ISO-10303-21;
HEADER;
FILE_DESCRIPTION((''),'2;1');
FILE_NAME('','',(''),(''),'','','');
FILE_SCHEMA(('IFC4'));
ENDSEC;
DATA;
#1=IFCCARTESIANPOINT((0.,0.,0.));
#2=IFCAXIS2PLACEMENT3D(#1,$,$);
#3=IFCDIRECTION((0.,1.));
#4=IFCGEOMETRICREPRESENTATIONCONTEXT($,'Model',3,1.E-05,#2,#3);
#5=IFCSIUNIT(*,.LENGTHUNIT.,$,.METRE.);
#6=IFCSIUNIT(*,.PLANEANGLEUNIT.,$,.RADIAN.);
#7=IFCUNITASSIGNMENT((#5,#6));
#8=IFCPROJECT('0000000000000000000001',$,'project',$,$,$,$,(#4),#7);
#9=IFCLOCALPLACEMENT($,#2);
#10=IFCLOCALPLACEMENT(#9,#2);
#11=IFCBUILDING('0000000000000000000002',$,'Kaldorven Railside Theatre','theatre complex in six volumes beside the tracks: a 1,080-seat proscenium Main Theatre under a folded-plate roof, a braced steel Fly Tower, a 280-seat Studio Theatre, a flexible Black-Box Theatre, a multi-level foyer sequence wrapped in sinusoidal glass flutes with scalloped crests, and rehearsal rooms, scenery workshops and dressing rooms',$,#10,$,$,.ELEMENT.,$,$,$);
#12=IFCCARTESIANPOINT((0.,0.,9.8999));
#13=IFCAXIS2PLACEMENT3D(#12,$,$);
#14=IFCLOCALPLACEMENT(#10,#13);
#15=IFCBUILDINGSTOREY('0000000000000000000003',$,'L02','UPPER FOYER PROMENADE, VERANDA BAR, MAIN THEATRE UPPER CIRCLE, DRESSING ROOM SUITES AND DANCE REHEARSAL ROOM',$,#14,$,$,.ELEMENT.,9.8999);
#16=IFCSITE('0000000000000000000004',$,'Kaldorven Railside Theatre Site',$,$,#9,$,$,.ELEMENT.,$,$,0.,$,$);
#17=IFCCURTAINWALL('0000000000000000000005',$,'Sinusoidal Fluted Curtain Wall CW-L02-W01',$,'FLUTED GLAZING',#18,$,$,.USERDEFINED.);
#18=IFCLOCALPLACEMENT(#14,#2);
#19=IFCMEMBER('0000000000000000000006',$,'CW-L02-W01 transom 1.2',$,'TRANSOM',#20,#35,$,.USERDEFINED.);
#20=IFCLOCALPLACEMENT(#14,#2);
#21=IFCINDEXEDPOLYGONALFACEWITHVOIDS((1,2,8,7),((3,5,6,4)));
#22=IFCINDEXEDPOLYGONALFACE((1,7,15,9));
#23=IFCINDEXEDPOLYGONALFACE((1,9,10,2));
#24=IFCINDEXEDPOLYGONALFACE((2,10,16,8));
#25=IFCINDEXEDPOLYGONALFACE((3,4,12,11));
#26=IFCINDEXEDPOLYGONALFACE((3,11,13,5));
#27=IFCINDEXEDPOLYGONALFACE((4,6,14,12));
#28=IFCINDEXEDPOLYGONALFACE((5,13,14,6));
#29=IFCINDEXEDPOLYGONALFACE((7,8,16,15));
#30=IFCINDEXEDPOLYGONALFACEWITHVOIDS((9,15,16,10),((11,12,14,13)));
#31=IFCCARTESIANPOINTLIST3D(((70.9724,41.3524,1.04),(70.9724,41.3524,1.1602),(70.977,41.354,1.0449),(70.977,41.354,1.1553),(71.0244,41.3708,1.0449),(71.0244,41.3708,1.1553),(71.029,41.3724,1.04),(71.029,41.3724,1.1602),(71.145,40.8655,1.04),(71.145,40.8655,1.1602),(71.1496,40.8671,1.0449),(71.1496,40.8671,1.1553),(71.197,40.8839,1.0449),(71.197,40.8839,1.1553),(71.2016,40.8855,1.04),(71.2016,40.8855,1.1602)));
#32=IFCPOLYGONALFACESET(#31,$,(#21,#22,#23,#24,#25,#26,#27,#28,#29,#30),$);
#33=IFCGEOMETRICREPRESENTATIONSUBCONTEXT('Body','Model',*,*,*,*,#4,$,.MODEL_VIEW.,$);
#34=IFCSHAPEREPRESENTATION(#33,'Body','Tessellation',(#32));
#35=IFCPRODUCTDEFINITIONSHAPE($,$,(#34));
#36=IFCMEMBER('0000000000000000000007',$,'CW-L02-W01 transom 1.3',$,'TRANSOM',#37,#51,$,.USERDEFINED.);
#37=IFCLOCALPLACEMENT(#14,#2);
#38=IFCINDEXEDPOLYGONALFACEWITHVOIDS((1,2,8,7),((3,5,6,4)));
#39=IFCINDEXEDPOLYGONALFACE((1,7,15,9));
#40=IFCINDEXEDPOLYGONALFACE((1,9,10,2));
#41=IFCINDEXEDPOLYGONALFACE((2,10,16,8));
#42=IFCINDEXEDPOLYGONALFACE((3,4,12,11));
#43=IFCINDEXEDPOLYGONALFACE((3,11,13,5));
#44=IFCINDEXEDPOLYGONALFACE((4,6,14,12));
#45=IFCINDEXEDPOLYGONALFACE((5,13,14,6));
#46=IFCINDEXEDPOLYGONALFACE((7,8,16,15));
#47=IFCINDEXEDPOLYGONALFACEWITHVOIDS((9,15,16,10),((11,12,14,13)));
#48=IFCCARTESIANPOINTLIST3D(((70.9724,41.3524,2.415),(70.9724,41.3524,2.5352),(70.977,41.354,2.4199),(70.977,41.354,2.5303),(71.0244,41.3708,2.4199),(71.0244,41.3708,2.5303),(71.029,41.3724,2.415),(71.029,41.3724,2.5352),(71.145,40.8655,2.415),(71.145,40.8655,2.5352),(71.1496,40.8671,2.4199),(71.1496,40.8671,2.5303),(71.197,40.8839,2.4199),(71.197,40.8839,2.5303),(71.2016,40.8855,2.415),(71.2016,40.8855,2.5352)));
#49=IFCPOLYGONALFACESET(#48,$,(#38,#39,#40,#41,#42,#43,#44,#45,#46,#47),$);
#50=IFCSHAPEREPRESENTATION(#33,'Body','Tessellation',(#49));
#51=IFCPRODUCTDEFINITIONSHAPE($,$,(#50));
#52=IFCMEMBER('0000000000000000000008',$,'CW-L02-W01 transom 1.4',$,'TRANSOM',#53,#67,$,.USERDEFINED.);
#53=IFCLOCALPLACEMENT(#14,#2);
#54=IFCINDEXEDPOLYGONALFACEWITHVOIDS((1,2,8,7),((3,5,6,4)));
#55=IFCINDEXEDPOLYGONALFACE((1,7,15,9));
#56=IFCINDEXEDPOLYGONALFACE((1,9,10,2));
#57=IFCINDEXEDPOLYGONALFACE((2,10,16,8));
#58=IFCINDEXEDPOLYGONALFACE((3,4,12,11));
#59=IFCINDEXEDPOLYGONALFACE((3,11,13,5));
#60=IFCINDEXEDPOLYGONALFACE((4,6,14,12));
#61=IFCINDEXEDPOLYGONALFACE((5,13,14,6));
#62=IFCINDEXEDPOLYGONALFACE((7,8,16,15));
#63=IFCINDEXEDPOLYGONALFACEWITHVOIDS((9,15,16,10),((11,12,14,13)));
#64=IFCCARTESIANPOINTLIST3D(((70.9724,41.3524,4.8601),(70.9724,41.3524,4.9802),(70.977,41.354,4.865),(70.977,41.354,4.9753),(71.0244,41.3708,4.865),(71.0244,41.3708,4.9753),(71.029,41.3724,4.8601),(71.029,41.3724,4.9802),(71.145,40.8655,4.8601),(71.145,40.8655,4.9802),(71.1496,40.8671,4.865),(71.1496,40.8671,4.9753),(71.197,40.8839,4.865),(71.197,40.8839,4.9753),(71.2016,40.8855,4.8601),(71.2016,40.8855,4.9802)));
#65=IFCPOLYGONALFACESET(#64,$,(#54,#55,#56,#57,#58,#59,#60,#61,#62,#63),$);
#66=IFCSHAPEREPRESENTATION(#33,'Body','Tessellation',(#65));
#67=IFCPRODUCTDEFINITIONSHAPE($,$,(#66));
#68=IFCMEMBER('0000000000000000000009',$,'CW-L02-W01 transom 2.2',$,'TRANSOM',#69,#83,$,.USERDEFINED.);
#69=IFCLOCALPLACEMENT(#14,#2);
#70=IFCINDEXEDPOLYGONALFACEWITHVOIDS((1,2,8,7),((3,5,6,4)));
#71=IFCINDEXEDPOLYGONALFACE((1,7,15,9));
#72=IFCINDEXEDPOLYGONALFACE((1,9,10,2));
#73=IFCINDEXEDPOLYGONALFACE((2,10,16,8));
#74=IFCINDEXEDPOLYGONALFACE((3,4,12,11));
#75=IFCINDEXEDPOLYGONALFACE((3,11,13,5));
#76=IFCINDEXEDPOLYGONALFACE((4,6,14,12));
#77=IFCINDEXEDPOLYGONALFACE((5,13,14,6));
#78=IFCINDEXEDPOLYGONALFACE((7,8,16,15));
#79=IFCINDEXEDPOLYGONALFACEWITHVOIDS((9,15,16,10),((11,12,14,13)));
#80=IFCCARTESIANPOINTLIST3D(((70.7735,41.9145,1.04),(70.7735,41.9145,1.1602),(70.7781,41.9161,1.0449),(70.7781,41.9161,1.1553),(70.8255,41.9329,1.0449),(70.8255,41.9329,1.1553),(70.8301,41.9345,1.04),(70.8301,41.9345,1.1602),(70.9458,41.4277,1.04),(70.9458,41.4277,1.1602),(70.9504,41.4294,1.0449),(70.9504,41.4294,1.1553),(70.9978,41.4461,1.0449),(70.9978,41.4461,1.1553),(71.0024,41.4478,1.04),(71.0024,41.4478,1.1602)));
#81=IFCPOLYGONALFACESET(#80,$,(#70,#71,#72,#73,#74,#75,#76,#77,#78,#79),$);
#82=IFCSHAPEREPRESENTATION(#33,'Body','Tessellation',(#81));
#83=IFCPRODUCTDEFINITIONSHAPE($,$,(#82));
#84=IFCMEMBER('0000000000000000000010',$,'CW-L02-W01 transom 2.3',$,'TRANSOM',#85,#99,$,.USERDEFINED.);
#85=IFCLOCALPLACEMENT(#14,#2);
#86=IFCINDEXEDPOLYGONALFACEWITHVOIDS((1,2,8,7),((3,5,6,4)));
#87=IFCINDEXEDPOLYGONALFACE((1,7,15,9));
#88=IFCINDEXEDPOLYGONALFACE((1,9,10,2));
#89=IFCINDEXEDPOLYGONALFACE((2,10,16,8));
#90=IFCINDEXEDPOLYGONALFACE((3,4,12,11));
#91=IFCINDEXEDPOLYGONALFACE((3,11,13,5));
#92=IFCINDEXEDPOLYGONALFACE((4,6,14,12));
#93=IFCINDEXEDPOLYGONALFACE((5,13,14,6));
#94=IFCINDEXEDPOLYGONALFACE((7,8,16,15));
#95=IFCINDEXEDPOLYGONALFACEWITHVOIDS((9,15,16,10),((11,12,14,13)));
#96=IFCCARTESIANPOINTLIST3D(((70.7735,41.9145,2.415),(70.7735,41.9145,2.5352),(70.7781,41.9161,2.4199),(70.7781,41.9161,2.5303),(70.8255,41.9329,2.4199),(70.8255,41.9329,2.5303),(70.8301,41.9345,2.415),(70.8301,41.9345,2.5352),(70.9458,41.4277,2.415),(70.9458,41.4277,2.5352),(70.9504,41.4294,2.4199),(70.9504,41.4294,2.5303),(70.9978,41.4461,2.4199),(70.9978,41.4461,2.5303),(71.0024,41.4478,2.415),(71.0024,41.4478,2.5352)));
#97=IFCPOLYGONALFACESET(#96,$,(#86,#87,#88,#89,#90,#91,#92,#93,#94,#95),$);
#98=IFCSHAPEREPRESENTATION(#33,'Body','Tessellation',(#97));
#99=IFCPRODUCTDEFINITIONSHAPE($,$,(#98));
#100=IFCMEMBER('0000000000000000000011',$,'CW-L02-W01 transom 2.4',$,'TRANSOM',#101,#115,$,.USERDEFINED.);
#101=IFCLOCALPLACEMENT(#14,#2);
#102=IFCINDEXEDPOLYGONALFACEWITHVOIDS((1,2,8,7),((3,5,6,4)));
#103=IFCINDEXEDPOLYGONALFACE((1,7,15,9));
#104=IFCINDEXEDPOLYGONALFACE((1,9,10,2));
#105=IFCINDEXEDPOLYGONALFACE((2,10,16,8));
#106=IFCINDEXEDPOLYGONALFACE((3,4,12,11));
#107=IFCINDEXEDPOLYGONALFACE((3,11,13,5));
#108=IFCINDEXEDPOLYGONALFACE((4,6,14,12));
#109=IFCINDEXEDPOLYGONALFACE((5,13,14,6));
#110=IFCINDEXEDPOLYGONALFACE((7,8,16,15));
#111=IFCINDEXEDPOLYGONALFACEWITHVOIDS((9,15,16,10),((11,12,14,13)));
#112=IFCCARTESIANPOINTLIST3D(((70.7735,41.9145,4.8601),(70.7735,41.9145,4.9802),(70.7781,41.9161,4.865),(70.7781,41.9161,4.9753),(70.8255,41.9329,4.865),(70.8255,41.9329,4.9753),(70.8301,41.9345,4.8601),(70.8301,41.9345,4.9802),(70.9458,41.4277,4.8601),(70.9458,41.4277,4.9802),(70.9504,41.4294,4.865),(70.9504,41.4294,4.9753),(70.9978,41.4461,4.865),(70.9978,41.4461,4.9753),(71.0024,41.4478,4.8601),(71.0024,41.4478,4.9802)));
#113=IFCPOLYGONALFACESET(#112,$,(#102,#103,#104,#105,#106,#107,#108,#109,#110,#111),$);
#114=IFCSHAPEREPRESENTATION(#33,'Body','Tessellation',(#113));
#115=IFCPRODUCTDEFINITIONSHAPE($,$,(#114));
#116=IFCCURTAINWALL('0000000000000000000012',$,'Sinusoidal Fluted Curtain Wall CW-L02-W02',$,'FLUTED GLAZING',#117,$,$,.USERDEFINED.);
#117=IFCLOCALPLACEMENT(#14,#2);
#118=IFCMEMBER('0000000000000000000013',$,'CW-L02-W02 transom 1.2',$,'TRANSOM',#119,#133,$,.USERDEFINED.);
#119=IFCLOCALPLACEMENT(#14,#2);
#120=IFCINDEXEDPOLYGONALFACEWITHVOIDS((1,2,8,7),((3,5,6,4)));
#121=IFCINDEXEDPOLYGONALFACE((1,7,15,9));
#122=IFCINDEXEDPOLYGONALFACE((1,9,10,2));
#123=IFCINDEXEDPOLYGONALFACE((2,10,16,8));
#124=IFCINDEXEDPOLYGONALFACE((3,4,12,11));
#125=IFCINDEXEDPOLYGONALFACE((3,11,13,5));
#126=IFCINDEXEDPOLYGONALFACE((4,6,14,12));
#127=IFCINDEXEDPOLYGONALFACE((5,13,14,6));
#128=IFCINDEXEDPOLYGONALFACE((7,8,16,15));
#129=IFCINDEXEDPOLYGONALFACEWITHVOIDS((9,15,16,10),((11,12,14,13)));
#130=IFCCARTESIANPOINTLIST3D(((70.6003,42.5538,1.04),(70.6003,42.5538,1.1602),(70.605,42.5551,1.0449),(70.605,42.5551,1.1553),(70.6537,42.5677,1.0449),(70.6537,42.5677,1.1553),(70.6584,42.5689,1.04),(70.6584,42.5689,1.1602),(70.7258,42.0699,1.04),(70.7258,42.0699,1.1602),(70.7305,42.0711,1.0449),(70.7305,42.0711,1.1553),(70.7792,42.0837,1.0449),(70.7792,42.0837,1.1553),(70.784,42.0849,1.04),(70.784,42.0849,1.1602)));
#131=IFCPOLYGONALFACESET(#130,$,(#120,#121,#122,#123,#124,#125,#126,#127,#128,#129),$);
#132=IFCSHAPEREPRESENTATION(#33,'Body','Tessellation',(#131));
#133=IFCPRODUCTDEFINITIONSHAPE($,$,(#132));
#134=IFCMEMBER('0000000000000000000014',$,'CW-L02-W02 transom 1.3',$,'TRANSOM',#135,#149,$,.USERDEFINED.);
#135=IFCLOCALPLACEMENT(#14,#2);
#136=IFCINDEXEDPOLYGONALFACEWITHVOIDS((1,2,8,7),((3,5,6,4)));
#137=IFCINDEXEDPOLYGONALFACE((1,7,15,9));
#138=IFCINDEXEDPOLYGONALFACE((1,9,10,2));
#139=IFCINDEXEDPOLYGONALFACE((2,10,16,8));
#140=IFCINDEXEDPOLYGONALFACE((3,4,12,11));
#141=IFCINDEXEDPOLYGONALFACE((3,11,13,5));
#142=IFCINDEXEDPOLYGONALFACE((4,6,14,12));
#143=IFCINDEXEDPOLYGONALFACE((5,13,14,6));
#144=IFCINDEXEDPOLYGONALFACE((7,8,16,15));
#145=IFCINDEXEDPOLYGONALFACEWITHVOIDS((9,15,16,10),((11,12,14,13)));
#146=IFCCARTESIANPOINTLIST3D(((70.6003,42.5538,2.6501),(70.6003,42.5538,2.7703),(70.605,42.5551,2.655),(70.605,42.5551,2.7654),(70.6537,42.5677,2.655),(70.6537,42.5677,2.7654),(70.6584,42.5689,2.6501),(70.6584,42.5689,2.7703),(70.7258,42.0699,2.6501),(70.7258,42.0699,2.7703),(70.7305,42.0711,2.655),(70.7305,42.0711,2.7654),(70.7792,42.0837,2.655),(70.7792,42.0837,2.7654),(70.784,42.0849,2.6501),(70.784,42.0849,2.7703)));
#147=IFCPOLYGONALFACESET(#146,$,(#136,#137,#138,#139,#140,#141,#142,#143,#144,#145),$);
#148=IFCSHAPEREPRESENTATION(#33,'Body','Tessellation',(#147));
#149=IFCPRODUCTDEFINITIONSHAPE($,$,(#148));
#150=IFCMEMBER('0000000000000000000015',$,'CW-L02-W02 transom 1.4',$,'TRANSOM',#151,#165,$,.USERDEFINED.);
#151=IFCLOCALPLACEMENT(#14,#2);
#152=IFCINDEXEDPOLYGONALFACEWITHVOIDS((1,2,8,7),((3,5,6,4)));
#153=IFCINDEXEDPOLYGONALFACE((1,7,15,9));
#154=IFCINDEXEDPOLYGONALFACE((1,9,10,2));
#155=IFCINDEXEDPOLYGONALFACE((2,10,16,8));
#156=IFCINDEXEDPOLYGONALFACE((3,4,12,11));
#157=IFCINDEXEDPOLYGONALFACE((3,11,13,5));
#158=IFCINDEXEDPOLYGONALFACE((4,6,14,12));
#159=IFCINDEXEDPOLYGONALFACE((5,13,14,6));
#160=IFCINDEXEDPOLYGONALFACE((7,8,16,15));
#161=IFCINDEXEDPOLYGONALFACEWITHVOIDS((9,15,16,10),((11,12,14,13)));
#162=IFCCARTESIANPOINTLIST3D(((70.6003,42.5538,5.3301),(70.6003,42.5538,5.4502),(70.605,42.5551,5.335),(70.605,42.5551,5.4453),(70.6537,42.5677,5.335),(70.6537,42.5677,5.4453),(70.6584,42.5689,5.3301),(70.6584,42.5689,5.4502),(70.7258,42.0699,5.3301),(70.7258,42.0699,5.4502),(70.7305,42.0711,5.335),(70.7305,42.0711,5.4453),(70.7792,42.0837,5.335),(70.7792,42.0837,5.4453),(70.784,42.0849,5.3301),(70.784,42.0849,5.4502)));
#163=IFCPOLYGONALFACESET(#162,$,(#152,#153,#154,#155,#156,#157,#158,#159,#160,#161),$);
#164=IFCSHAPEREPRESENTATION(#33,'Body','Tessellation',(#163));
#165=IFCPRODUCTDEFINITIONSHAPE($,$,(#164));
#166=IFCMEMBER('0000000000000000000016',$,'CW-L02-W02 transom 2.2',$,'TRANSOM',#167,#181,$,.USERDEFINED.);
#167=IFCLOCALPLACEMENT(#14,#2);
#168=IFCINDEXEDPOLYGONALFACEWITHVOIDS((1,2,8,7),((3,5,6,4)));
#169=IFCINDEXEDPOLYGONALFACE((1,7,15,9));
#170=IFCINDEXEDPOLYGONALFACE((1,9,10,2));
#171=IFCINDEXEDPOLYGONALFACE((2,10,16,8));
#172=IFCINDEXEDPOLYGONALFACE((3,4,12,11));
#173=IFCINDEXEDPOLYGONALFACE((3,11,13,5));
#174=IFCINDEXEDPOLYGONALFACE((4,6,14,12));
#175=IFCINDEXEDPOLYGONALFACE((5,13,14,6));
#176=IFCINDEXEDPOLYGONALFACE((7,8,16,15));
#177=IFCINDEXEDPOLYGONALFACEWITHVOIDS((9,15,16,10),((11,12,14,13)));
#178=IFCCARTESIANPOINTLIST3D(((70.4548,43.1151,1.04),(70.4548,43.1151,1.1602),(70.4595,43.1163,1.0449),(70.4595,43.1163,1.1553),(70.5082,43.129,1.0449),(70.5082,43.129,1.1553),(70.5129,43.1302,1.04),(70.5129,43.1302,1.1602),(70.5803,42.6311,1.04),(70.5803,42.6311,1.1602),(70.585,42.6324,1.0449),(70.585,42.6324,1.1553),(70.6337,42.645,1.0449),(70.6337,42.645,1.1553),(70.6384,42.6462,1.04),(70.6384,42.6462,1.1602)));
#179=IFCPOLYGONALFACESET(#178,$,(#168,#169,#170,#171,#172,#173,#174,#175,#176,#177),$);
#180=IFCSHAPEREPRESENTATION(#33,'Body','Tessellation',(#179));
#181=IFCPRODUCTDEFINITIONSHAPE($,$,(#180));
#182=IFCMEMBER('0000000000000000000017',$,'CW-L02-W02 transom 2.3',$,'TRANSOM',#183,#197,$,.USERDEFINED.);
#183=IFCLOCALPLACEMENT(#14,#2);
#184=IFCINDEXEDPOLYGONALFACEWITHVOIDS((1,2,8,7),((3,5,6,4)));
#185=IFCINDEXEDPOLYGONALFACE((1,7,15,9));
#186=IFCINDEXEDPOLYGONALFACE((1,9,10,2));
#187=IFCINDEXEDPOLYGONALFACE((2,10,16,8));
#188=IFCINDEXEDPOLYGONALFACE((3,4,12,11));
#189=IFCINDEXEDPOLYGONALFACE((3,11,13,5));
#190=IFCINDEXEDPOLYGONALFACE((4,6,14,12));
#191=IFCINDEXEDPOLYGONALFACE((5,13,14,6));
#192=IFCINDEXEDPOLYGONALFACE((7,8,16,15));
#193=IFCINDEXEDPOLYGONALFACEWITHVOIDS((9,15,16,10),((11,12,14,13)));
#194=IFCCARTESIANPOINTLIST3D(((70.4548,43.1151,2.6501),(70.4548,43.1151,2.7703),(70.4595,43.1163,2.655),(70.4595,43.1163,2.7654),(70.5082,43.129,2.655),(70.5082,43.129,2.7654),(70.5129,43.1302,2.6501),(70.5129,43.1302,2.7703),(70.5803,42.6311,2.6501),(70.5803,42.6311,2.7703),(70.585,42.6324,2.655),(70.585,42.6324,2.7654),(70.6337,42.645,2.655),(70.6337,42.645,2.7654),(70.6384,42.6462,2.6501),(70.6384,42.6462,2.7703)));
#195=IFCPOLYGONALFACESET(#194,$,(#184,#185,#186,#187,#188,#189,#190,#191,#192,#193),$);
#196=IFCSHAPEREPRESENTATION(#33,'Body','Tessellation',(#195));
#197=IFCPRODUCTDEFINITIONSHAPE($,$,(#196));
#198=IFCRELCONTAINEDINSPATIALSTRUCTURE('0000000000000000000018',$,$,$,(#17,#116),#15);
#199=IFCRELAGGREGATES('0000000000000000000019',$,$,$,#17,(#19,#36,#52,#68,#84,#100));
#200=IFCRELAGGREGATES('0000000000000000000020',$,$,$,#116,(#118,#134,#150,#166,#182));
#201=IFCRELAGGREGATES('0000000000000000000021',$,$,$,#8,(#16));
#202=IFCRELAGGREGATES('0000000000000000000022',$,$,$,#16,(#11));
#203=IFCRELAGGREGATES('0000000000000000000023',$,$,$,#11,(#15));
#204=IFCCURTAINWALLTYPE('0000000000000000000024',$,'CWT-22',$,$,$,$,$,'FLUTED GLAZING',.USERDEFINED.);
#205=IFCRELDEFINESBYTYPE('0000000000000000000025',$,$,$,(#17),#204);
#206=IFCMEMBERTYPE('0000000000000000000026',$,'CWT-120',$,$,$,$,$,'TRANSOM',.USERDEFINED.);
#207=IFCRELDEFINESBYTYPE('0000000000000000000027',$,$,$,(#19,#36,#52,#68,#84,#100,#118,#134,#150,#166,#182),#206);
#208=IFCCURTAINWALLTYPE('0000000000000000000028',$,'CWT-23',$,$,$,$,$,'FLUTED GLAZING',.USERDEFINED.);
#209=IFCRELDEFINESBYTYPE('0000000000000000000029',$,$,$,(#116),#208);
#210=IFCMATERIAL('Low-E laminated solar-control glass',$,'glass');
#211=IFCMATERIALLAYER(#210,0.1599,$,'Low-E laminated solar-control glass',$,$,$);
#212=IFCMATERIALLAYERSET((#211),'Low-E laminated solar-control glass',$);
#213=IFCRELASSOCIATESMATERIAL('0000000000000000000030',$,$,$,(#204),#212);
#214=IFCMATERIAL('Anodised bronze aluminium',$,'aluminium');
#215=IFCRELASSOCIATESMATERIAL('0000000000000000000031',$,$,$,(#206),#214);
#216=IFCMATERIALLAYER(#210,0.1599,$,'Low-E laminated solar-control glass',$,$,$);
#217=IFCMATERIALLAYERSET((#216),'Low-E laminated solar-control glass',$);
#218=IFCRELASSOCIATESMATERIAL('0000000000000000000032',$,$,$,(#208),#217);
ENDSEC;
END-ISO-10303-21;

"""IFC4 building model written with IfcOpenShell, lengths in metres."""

from ifc_helpers import new_model, si_unit, direction, frame, origin, origin_2d, place, context, subcontext, project, spatial, hollow_rectangle, extrude, material, layer, layer_set, material_profile, profile_set, type_object, element, aggregate, save


model = new_model("IFC4")

# Units and contexts
model_context = context("Model", 3, precision=1e-05, world=origin(), true_north=direction((0.0, 1.0)))
body_context = subcontext(model_context, "Body", "Model", "MODEL_VIEW")
ifc_project = project(units=[si_unit("LENGTHUNIT", "METRE"), si_unit("PLANEANGLEUNIT", "RADIAN")], contexts=[model_context])

# Site, building, storey
site_placement = place(None, origin())
site = spatial("IfcSite", under=ifc_project, at=site_placement, Name="Kaldorven Railside Theatre Site", CompositionType="ELEMENT", RefElevation=0.0)
building_placement = place(site_placement, origin())
building = spatial("IfcBuilding", under=site, at=building_placement, Name="Kaldorven Railside Theatre", Description="theatre complex in six volumes beside the tracks: a 1,080-seat proscenium Main Theatre under a folded-plate roof, a braced steel Fly Tower, a 280-seat Studio Theatre, a flexible Black-Box Theatre, a multi-level foyer sequence wrapped in sinusoidal glass flutes with scalloped crests, and rehearsal rooms, scenery workshops and dressing rooms", CompositionType="ELEMENT")
storey_placement = place(building_placement, frame((0.0, 0.0, 9.8999)))
storey = spatial("IfcBuildingStorey", under=building, at=storey_placement, Name="L02", Description="UPPER FOYER PROMENADE, VERANDA BAR, MAIN THEATRE UPPER CIRCLE, DRESSING ROOM SUITES AND DANCE REHEARSAL ROOM", CompositionType="ELEMENT", Elevation=9.8999)

# Curtain walls, members
ifc_material_1 = material(Name="Low-E laminated solar-control glass", Category="glass")
ifc_layer_1 = layer(ifc_material_1, 0.1599, Name="Low-E laminated solar-control glass")
ifc_layer_set_1 = layer_set([ifc_layer_1], Name="Low-E laminated solar-control glass")
curtain_wall_type_1 = type_object("IfcCurtainWallType", Name="CWT-22", ElementType="FLUTED GLAZING", PredefinedType="USERDEFINED", material=ifc_layer_set_1)
curtain_wall_1_placement = place(storey_placement, origin())
curtain_wall_1 = element("IfcCurtainWall", 1, at=curtain_wall_1_placement, inside=storey, type_object=curtain_wall_type_1, Name="Sinusoidal Fluted Curtain Wall CW-L02-W01", ObjectType="FLUTED GLAZING", PredefinedType="USERDEFINED")
ifc_material_2 = material(Name="Anodised bronze aluminium", Category="aluminium")
ifc_material_profile = material_profile(ifc_material_2, hollow_rectangle(XDim=0.0601, YDim=0.1201, WallThickness=0.0049, at=origin_2d()), Name="RHS 120x60x5")
ifc_profile_set = profile_set([ifc_material_profile], Name="Anodised bronze aluminium")
member_type = type_object("IfcMemberType", Name="CWT-120", ElementType="TRANSOM", PredefinedType="USERDEFINED", material=ifc_profile_set)
member_1_placement = place(storey_placement, frame((71.1733, 40.8755, 1.1001), z_axis=(-0.33418, 0.942509, 0.0), x_axis=(-0.942509, -0.33418, 0.0)))
member_1 = element("IfcMember", 2, at=member_1_placement, type_object=member_type, Name="CW-L02-W01 transom 1.2", ObjectType="TRANSOM", PredefinedType="USERDEFINED", context=body_context, shape_type="SweptSolid", body=[
    extrude(hollow_rectangle(XDim=0.0601, YDim=0.1201, WallThickness=0.0049, at=origin_2d()), origin(), (0.0, 0.0, 1.0), 0.5166),
])
member_2_placement = place(storey_placement, frame((71.1733, 40.8755, 2.4751), z_axis=(-0.33418, 0.942509, 0.0), x_axis=(-0.942509, -0.33418, 0.0)))
member_2 = element("IfcMember", 3, at=member_2_placement, type_object=member_type, Name="CW-L02-W01 transom 1.3", ObjectType="TRANSOM", PredefinedType="USERDEFINED", context=body_context, shape_type="SweptSolid", body=[
    extrude(hollow_rectangle(XDim=0.0601, YDim=0.1201, WallThickness=0.0049, at=origin_2d()), origin(), (0.0, 0.0, 1.0), 0.5166),
])
member_3_placement = place(storey_placement, frame((71.1733, 40.8755, 4.9202), z_axis=(-0.33418, 0.942509, 0.0), x_axis=(-0.942509, -0.33418, 0.0)))
member_3 = element("IfcMember", 4, at=member_3_placement, type_object=member_type, Name="CW-L02-W01 transom 1.4", ObjectType="TRANSOM", PredefinedType="USERDEFINED", context=body_context, shape_type="SweptSolid", body=[
    extrude(hollow_rectangle(XDim=0.0601, YDim=0.1201, WallThickness=0.0049, at=origin_2d()), origin(), (0.0, 0.0, 1.0), 0.5166),
])
member_4_placement = place(storey_placement, frame((70.9741, 41.4377, 1.1001), z_axis=(-0.33376, 0.942658, 0.0), x_axis=(-0.942658, -0.33376, 0.0)))
member_4 = element("IfcMember", 5, at=member_4_placement, type_object=member_type, Name="CW-L02-W01 transom 2.2", ObjectType="TRANSOM", PredefinedType="USERDEFINED", context=body_context, shape_type="SweptSolid", body=[
    extrude(hollow_rectangle(XDim=0.0601, YDim=0.1201, WallThickness=0.0049, at=origin_2d()), origin(), (0.0, 0.0, 1.0), 0.5164),
])
member_5_placement = place(storey_placement, frame((70.9741, 41.4377, 2.4751), z_axis=(-0.33376, 0.942658, 0.0), x_axis=(-0.942658, -0.33376, 0.0)))
member_5 = element("IfcMember", 6, at=member_5_placement, type_object=member_type, Name="CW-L02-W01 transom 2.3", ObjectType="TRANSOM", PredefinedType="USERDEFINED", context=body_context, shape_type="SweptSolid", body=[
    extrude(hollow_rectangle(XDim=0.0601, YDim=0.1201, WallThickness=0.0049, at=origin_2d()), origin(), (0.0, 0.0, 1.0), 0.5164),
])
member_6_placement = place(storey_placement, frame((70.9741, 41.4377, 4.9202), z_axis=(-0.33376, 0.942658, 0.0), x_axis=(-0.942658, -0.33376, 0.0)))
member_6 = element("IfcMember", 7, at=member_6_placement, type_object=member_type, Name="CW-L02-W01 transom 2.4", ObjectType="TRANSOM", PredefinedType="USERDEFINED", context=body_context, shape_type="SweptSolid", body=[
    extrude(hollow_rectangle(XDim=0.0601, YDim=0.1201, WallThickness=0.0049, at=origin_2d()), origin(), (0.0, 0.0, 1.0), 0.5164),
])
ifc_layer_2 = layer(ifc_material_1, 0.1599, Name="Low-E laminated solar-control glass")
ifc_layer_set_2 = layer_set([ifc_layer_2], Name="Low-E laminated solar-control glass")
curtain_wall_type_2 = type_object("IfcCurtainWallType", Name="CWT-23", ElementType="FLUTED GLAZING", PredefinedType="USERDEFINED", material=ifc_layer_set_2)
curtain_wall_2_placement = place(storey_placement, origin())
curtain_wall_2 = element("IfcCurtainWall", 8, at=curtain_wall_2_placement, inside=storey, type_object=curtain_wall_type_2, Name="Sinusoidal Fluted Curtain Wall CW-L02-W02", ObjectType="FLUTED GLAZING", PredefinedType="USERDEFINED")
member_7_placement = place(storey_placement, frame((70.7549, 42.0774, 1.1001), z_axis=(-0.25103, 0.967979, 0.0), x_axis=(-0.967979, -0.25103, 0.0)))
member_7 = element("IfcMember", 9, at=member_7_placement, type_object=member_type, Name="CW-L02-W02 transom 1.2", ObjectType="TRANSOM", PredefinedType="USERDEFINED", context=body_context, shape_type="SweptSolid", body=[
    extrude(hollow_rectangle(XDim=0.0601, YDim=0.1201, WallThickness=0.0049, at=origin_2d()), origin(), (0.0, 0.0, 1.0), 0.5),
])
member_8_placement = place(storey_placement, frame((70.7549, 42.0774, 2.7102), z_axis=(-0.25103, 0.967979, 0.0), x_axis=(-0.967979, -0.25103, 0.0)))
member_8 = element("IfcMember", 10, at=member_8_placement, type_object=member_type, Name="CW-L02-W02 transom 1.3", ObjectType="TRANSOM", PredefinedType="USERDEFINED", context=body_context, shape_type="SweptSolid", body=[
    extrude(hollow_rectangle(XDim=0.0601, YDim=0.1201, WallThickness=0.0049, at=origin_2d()), origin(), (0.0, 0.0, 1.0), 0.5),
])
member_9_placement = place(storey_placement, frame((70.7549, 42.0774, 5.3901), z_axis=(-0.25103, 0.967979, 0.0), x_axis=(-0.967979, -0.25103, 0.0)))
member_9 = element("IfcMember", 11, at=member_9_placement, type_object=member_type, Name="CW-L02-W02 transom 1.4", ObjectType="TRANSOM", PredefinedType="USERDEFINED", context=body_context, shape_type="SweptSolid", body=[
    extrude(hollow_rectangle(XDim=0.0601, YDim=0.1201, WallThickness=0.0049, at=origin_2d()), origin(), (0.0, 0.0, 1.0), 0.5),
])
member_10_placement = place(storey_placement, frame((70.6094, 42.6387, 1.1001), z_axis=(-0.25103, 0.967979, 0.0), x_axis=(-0.967979, -0.25103, 0.0)))
member_10 = element("IfcMember", 12, at=member_10_placement, type_object=member_type, Name="CW-L02-W02 transom 2.2", ObjectType="TRANSOM", PredefinedType="USERDEFINED", context=body_context, shape_type="SweptSolid", body=[
    extrude(hollow_rectangle(XDim=0.0601, YDim=0.1201, WallThickness=0.0049, at=origin_2d()), origin(), (0.0, 0.0, 1.0), 0.5),
])
member_11_placement = place(storey_placement, frame((70.6094, 42.6387, 2.7102), z_axis=(-0.25103, 0.967979, 0.0), x_axis=(-0.967979, -0.25103, 0.0)))
member_11 = element("IfcMember", 13, at=member_11_placement, type_object=member_type, Name="CW-L02-W02 transom 2.3", ObjectType="TRANSOM", PredefinedType="USERDEFINED", context=body_context, shape_type="SweptSolid", body=[
    extrude(hollow_rectangle(XDim=0.0601, YDim=0.1201, WallThickness=0.0049, at=origin_2d()), origin(), (0.0, 0.0, 1.0), 0.5),
])

aggregate(curtain_wall_1, [member_1, member_2, member_3, member_4, member_5, member_6])
aggregate(curtain_wall_2, [member_7, member_8, member_9, member_10, member_11])

save(model, "model.ifc")
